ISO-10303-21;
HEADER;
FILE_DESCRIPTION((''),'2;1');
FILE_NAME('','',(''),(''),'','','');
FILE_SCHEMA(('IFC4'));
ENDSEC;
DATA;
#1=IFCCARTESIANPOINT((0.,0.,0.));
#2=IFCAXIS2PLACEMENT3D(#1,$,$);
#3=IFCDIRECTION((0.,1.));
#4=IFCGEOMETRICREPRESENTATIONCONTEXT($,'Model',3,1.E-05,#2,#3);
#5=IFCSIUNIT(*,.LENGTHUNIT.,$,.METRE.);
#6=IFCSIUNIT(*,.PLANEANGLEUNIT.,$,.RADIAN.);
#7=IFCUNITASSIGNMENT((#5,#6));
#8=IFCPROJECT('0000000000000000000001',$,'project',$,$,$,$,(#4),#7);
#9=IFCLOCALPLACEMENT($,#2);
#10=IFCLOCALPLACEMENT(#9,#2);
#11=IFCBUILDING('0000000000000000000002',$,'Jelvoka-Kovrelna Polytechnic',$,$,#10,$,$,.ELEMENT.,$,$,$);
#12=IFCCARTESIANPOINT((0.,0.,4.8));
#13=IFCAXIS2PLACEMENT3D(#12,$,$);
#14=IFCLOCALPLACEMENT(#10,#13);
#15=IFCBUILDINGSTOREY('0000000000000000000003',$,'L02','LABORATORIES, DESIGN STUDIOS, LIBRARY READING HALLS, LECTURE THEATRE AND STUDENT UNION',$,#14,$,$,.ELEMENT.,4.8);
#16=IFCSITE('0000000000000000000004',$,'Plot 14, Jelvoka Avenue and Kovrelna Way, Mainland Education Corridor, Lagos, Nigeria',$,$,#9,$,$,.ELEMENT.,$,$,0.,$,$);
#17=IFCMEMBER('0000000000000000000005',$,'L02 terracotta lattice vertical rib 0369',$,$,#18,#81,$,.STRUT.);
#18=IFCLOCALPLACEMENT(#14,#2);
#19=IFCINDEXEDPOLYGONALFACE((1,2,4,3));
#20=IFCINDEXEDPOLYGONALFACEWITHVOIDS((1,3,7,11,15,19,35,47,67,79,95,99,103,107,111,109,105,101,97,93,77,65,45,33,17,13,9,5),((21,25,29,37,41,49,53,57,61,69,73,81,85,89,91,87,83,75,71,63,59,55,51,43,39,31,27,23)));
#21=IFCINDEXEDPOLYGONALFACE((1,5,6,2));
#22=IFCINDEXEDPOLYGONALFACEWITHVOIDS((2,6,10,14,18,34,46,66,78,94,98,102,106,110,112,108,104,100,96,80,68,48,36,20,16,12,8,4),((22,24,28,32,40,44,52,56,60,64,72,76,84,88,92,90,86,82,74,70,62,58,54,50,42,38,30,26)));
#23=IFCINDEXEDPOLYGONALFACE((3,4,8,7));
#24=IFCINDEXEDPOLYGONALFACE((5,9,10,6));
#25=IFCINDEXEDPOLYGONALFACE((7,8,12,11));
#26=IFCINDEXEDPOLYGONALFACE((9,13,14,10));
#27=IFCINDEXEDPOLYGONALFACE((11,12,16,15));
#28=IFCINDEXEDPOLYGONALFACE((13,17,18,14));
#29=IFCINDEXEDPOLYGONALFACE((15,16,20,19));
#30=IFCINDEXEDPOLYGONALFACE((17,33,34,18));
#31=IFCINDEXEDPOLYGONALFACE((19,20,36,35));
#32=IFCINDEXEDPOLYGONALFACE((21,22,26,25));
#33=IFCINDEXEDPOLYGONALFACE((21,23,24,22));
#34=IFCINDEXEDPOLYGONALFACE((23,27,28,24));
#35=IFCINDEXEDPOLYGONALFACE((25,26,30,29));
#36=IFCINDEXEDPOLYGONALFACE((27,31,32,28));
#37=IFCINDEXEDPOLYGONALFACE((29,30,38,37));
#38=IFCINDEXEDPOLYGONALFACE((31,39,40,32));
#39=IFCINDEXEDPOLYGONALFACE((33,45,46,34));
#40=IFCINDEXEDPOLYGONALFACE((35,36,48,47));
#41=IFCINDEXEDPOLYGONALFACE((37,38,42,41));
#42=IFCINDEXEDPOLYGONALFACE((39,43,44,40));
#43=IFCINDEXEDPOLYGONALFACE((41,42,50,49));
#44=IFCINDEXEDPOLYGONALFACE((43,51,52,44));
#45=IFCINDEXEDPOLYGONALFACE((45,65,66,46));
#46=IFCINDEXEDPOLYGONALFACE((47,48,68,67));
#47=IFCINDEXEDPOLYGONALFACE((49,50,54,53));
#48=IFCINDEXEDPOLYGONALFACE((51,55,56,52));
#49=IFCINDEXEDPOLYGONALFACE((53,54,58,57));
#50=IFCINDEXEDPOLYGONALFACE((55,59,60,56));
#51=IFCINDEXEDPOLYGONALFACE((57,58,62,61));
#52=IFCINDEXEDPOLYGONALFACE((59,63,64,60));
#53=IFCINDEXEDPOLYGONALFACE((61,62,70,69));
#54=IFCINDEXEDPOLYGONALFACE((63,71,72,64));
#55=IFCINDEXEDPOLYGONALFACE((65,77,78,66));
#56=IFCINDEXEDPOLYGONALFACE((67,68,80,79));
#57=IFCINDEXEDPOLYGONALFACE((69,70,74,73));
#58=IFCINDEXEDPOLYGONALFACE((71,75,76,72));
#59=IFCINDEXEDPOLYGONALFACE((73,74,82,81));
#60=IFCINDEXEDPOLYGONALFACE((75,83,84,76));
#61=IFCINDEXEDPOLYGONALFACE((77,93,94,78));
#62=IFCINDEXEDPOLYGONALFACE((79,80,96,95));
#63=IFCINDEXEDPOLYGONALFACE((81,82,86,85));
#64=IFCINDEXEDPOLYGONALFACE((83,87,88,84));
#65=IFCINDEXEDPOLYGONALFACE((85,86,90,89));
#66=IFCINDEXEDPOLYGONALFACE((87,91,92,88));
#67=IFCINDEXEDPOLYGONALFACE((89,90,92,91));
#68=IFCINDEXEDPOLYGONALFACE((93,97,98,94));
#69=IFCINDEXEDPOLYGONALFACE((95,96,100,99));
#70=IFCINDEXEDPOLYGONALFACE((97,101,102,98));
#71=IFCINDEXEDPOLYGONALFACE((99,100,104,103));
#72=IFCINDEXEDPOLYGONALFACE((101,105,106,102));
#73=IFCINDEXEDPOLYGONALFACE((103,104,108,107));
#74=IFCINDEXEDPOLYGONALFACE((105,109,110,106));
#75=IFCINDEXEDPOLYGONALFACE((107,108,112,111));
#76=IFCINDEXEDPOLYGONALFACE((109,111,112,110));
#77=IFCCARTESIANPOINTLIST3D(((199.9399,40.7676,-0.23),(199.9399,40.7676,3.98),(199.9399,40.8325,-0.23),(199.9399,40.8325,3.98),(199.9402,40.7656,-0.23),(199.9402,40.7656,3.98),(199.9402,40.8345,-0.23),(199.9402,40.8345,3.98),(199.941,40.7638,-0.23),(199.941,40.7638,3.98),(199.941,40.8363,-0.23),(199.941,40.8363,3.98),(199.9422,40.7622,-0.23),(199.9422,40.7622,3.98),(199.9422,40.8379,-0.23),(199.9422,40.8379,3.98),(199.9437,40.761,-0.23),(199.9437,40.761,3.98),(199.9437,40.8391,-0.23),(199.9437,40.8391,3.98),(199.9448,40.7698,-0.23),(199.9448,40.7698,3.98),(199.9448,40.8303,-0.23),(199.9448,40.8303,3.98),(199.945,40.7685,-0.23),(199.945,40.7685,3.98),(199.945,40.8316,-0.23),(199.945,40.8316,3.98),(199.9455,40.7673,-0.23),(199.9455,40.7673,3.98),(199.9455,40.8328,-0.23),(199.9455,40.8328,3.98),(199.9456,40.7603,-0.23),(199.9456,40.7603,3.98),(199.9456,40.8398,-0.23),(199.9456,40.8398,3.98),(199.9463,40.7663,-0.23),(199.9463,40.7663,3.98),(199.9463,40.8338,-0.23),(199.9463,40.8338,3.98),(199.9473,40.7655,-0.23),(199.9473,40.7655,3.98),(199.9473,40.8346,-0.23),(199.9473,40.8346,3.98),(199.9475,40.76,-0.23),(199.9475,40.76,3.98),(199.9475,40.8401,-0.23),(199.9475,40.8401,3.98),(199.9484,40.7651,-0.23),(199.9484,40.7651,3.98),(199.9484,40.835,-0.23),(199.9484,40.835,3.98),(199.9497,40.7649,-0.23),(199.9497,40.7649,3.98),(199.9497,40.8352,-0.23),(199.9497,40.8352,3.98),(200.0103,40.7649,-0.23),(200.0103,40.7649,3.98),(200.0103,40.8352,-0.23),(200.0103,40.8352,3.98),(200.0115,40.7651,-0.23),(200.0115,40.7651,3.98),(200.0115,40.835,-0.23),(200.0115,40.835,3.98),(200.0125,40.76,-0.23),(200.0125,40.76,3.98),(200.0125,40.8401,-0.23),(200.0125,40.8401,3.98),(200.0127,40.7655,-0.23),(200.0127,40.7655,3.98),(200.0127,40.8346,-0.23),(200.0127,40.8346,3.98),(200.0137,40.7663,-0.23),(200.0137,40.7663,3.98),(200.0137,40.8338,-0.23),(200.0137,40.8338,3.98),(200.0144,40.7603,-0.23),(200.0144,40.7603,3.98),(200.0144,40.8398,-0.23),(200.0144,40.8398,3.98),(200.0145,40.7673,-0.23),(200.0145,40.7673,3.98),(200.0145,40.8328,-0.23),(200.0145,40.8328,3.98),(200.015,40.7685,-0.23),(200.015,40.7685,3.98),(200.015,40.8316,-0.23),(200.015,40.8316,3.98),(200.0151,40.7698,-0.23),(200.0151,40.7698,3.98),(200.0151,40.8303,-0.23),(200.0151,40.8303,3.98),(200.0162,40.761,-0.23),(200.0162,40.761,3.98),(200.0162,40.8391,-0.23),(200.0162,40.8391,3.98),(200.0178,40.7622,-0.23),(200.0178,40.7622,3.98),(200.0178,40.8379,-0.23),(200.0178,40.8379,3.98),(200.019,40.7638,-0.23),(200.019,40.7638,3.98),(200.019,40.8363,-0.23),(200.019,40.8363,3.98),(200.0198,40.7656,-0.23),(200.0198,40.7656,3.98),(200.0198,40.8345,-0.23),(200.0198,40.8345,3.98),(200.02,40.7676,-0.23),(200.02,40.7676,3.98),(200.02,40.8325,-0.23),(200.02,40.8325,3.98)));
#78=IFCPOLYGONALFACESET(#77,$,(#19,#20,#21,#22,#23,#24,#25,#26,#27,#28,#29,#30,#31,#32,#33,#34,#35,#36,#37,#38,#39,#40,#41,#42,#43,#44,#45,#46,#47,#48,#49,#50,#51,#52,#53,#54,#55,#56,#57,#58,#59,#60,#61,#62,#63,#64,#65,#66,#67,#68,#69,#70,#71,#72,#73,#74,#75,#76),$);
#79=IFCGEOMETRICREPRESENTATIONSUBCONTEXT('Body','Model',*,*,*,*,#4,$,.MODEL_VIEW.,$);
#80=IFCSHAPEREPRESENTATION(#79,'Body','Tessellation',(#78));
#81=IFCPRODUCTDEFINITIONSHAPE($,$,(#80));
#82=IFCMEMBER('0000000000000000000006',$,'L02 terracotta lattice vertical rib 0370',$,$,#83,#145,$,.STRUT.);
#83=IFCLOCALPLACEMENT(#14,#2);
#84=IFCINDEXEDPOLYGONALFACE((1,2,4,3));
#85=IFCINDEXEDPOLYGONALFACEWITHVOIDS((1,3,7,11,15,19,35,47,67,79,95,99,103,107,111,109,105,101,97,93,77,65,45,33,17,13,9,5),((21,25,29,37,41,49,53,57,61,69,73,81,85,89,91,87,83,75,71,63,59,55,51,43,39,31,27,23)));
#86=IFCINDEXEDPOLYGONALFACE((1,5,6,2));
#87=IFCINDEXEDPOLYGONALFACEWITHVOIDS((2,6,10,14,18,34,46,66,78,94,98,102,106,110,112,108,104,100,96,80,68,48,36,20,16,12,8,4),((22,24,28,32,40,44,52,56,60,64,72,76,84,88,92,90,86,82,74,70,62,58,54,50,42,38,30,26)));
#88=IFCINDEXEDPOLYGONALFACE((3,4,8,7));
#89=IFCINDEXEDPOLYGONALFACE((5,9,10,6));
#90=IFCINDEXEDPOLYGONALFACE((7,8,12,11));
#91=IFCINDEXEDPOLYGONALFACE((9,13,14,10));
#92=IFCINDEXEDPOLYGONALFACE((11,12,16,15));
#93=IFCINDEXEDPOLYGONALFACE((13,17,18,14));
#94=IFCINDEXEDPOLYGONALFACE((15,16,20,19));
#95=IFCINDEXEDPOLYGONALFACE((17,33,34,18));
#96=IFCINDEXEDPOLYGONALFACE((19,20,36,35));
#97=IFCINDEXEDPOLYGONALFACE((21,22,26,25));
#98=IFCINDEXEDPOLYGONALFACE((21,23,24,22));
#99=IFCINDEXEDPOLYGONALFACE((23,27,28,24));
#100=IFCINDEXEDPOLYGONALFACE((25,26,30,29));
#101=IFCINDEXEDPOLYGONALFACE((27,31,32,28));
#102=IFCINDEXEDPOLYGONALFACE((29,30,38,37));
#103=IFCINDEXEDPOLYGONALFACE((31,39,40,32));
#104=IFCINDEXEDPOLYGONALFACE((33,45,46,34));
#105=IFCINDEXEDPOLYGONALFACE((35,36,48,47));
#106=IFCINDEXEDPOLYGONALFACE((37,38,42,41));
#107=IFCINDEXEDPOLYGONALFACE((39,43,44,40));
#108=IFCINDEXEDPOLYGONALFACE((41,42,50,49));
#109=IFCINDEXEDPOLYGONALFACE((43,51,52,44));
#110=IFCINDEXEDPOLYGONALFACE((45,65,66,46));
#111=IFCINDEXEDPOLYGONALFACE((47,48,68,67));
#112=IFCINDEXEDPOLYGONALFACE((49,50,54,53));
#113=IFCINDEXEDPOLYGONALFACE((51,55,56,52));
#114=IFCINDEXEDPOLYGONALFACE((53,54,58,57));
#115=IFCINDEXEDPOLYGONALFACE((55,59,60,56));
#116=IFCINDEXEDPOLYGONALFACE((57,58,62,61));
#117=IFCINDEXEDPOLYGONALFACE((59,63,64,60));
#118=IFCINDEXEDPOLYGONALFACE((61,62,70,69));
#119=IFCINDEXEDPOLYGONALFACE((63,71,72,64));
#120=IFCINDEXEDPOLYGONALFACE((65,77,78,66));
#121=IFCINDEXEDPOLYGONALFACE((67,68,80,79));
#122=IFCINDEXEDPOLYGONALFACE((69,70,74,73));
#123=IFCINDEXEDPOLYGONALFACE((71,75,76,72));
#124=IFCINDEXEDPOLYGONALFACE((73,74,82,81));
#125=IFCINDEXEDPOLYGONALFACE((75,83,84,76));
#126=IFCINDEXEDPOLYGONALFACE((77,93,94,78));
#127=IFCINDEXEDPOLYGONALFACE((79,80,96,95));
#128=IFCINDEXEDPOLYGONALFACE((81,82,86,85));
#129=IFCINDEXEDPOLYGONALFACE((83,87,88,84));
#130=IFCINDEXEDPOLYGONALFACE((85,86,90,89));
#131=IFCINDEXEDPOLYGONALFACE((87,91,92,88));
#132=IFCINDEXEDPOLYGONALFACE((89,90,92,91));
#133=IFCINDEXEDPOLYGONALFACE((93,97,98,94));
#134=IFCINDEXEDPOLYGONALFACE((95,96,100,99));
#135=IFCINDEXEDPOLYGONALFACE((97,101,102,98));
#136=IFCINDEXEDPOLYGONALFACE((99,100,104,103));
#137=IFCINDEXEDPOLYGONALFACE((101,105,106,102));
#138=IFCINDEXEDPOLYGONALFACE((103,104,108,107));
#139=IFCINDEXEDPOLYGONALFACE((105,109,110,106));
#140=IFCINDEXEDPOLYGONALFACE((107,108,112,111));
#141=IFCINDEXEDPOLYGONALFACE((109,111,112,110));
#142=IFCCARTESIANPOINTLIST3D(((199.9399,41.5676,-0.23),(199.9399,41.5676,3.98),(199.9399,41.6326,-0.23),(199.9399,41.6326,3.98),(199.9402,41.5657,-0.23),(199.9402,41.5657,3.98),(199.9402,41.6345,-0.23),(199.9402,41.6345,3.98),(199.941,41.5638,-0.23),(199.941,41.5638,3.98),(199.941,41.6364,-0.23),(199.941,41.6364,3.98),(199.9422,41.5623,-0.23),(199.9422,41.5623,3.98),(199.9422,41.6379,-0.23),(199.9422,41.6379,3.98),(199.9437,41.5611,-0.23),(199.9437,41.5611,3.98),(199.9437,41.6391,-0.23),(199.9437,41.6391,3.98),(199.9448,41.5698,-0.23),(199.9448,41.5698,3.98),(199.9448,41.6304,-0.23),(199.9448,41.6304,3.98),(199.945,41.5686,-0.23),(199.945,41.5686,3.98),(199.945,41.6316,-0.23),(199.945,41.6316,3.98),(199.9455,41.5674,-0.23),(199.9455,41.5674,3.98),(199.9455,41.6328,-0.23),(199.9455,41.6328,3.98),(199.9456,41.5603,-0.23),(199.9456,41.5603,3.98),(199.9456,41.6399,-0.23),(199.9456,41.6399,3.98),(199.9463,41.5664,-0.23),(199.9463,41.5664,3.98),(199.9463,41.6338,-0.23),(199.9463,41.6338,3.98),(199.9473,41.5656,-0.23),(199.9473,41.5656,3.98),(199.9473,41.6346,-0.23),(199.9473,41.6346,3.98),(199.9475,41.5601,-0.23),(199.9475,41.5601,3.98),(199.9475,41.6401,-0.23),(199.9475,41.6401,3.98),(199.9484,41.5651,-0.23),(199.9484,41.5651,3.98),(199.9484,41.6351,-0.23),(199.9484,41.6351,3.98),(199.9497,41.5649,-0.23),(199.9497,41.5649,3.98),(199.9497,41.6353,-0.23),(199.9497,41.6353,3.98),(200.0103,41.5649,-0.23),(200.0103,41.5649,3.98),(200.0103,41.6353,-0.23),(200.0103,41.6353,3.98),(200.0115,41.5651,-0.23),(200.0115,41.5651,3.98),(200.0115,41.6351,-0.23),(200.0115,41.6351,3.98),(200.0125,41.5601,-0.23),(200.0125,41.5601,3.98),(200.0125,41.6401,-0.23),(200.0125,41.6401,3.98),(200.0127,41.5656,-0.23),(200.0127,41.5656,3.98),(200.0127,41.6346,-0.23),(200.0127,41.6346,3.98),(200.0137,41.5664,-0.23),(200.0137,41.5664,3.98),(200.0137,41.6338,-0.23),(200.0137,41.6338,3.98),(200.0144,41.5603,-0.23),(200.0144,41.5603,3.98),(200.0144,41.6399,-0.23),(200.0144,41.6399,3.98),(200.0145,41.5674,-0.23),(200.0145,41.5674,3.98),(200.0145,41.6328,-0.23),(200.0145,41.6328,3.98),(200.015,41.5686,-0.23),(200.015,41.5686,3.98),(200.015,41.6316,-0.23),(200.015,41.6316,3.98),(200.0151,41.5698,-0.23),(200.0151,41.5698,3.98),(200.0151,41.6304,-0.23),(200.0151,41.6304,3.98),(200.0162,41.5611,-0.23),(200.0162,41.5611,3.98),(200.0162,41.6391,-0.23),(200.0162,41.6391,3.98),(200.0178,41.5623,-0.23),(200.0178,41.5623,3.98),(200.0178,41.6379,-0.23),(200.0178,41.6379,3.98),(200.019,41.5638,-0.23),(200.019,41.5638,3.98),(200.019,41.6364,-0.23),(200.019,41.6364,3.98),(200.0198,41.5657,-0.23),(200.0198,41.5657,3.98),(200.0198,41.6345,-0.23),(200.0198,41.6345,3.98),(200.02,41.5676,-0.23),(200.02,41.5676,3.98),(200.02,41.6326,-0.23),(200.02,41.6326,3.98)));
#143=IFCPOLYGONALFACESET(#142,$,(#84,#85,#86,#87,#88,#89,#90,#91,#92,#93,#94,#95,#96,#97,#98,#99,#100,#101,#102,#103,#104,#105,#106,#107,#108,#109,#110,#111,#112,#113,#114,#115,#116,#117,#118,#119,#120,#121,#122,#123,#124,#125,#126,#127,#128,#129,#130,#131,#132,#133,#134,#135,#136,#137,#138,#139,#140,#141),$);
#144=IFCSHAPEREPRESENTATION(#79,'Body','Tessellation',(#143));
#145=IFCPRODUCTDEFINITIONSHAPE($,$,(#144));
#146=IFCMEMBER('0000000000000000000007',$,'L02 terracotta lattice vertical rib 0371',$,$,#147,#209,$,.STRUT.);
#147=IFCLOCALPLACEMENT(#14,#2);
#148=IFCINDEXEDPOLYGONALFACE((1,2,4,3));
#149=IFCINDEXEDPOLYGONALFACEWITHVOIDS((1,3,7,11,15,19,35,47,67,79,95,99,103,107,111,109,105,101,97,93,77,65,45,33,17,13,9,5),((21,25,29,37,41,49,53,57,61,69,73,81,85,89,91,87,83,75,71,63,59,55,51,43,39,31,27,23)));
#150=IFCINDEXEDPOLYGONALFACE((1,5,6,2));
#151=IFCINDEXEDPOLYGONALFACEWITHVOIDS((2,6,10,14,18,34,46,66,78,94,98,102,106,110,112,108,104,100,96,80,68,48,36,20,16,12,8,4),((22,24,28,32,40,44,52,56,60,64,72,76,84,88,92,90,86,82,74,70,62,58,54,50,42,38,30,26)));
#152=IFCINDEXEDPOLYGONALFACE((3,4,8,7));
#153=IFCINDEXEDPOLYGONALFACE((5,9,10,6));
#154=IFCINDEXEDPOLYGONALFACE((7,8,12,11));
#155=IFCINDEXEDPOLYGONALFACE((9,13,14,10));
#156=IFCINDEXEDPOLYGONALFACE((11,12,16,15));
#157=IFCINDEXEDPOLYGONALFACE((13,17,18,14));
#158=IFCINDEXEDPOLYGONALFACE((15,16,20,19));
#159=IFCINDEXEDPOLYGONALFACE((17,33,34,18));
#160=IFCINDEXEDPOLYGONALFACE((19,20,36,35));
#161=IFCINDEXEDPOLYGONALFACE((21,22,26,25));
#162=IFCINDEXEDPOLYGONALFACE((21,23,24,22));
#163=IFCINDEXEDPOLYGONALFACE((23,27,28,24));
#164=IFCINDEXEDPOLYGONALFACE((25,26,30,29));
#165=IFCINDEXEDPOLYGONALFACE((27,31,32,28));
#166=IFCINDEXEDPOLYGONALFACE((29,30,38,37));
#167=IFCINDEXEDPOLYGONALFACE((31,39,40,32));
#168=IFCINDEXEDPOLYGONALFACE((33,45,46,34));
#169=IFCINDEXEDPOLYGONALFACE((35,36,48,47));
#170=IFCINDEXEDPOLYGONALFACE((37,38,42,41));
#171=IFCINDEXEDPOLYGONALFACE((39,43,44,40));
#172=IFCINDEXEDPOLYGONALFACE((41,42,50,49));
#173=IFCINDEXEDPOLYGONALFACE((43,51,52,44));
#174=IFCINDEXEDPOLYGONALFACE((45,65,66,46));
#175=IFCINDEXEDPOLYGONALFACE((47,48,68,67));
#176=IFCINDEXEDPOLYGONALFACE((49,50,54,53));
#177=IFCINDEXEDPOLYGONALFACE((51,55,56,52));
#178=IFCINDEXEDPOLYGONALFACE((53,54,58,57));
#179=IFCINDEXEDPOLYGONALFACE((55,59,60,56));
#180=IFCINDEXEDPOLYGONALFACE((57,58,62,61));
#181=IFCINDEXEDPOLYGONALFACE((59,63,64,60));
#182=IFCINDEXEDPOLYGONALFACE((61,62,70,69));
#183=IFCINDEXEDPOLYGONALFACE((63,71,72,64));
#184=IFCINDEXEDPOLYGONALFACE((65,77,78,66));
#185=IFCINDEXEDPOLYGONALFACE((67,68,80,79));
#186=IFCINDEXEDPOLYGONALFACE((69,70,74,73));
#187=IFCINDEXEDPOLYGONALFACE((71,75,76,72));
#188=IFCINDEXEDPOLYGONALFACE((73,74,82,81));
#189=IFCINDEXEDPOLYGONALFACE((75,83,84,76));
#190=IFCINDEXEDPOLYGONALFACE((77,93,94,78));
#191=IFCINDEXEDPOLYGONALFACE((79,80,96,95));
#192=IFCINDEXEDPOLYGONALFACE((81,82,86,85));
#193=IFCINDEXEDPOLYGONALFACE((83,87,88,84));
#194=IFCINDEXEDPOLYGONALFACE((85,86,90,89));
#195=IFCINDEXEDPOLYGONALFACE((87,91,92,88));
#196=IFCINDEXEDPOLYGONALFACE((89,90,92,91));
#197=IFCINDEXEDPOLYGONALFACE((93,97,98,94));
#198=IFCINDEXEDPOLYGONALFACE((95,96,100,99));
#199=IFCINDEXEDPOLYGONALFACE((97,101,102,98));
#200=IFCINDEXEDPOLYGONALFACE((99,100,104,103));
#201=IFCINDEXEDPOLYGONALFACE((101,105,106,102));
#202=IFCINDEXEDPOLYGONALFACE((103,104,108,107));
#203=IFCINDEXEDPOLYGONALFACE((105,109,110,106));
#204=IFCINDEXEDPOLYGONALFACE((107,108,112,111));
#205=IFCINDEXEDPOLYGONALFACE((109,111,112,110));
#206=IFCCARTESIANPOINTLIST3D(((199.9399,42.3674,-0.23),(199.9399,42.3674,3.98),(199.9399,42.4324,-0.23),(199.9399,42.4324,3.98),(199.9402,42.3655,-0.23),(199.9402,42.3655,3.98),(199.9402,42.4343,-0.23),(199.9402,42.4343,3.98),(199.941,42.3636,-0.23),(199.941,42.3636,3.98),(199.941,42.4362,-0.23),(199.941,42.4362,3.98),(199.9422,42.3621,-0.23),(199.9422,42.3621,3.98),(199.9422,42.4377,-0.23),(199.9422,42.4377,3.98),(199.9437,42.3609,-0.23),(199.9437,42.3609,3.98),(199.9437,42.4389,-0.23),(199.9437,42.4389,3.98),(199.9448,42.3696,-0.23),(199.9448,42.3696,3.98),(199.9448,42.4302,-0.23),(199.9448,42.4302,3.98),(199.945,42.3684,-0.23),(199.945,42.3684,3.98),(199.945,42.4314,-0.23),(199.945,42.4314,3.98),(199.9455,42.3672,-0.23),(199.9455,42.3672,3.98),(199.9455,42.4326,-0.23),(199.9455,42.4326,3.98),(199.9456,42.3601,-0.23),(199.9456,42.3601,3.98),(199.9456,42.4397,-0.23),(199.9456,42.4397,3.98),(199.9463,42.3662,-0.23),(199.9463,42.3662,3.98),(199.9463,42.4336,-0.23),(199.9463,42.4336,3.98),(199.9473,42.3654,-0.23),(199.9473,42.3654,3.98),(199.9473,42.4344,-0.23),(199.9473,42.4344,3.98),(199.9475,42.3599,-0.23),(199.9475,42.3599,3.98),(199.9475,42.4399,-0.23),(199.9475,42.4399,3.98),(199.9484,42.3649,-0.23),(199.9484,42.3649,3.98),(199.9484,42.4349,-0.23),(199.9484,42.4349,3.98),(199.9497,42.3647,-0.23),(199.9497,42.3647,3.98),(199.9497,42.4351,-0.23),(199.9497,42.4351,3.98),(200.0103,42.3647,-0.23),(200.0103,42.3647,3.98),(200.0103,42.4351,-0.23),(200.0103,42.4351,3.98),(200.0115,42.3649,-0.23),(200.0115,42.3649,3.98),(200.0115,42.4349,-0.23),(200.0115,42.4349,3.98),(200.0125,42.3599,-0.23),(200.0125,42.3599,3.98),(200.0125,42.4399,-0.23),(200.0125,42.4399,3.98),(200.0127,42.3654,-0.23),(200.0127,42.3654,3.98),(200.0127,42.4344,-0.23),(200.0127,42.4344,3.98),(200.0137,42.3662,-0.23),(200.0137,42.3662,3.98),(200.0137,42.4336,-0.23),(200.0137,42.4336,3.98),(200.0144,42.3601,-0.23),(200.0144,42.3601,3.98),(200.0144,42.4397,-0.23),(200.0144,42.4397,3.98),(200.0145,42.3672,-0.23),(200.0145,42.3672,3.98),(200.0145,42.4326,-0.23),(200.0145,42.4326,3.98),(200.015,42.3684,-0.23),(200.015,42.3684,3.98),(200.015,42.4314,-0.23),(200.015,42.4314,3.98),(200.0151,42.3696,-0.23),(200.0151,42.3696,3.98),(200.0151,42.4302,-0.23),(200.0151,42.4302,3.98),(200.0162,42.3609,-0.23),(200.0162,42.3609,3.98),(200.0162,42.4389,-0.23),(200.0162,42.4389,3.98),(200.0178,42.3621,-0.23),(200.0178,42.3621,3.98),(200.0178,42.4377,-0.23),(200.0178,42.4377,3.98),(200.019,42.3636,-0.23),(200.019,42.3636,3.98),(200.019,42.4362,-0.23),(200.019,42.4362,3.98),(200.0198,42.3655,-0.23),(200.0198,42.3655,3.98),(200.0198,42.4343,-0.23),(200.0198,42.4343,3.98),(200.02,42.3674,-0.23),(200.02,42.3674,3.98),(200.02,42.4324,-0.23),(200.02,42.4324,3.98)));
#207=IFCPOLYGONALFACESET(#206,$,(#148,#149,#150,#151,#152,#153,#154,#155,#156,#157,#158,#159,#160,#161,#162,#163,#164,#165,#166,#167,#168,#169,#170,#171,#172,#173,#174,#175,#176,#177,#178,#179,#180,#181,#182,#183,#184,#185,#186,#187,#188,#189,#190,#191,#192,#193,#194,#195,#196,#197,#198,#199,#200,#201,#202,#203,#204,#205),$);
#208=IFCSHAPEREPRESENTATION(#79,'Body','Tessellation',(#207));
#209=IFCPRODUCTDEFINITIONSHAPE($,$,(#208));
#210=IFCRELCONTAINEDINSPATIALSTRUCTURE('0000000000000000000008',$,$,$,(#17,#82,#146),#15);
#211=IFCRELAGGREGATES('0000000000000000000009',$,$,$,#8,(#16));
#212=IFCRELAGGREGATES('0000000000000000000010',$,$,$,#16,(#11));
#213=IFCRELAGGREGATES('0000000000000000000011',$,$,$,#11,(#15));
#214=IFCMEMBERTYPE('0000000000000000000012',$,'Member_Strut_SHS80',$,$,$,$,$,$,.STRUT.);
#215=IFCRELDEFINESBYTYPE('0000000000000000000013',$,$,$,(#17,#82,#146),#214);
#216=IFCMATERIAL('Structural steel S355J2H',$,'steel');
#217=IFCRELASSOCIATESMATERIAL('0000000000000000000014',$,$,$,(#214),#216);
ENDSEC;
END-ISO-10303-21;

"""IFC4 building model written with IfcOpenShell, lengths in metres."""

from ifc_helpers import new_model, si_unit, direction, frame, origin, origin_2d, place, context, subcontext, project, spatial, hollow_rectangle, extrude, material, material_profile, profile_set, type_object, element, save


model = new_model("IFC4")

# Units and contexts
model_context = context("Model", 3, precision=1e-05, world=origin(), true_north=direction((0.0, 1.0)))
body_context = subcontext(model_context, "Body", "Model", "MODEL_VIEW")
ifc_project = project(units=[si_unit("LENGTHUNIT", "METRE"), si_unit("PLANEANGLEUNIT", "RADIAN")], contexts=[model_context])

# Site, building, storey
site_placement = place(None, origin())
site = spatial("IfcSite", under=ifc_project, at=site_placement, Name="Plot 14, Jelvoka Avenue and Kovrelna Way, Mainland Education Corridor, Lagos, Nigeria", CompositionType="ELEMENT", RefElevation=0.0)
building_placement = place(site_placement, origin())
building = spatial("IfcBuilding", under=site, at=building_placement, Name="Jelvoka-Kovrelna Polytechnic", CompositionType="ELEMENT")
storey_placement = place(building_placement, frame((0.0, 0.0, 4.8)))
storey = spatial("IfcBuildingStorey", under=building, at=storey_placement, Name="L02", Description="LABORATORIES, DESIGN STUDIOS, LIBRARY READING HALLS, LECTURE THEATRE AND STUDENT UNION", CompositionType="ELEMENT", Elevation=4.8)

# Members
ifc_material_1 = material(Name="Structural steel S355J2H", Category="steel")
ifc_material_profile_1 = material_profile(ifc_material_1, hollow_rectangle(XDim=0.0801, YDim=0.0801, WallThickness=0.0049, InnerFilletRadius=0.0049, OuterFilletRadius=0.0076, at=origin_2d()), Name="80x80x5.0 SHS")
ifc_profile_set_1 = profile_set([ifc_material_profile_1], Name="Structural steel S355J2H")
member_type_1 = type_object("IfcMemberType", Name="Member_Strut_SHS80", PredefinedType="STRUT", material=ifc_profile_set_1)
for number, where, z_axis, x_axis, name in (
    (1, (199.98, 40.8, -0.23), (0.0, 0.0, 1.0), (1.0, 0.0, 0.0), "L02 terracotta lattice vertical rib 0369"),
    (2, (199.98, 41.6001, -0.23), (0.0, 0.0, 1.0), (1.0, 0.0, 0.0), "L02 terracotta lattice vertical rib 0370"),
    (3, (199.98, 42.3999, -0.23), (0.0, 0.0, 1.0), (1.0, 0.0, 0.0), "L02 terracotta lattice vertical rib 0371"),
):
    element("IfcMember", number, at=place(storey_placement, frame(where, z_axis=z_axis, x_axis=x_axis)), inside=storey, type_object=member_type_1, Name=name, PredefinedType="STRUT", context=body_context, shape_type="SweptSolid", body=[
        extrude(hollow_rectangle(XDim=0.0801, YDim=0.0801, WallThickness=0.0049, InnerFilletRadius=0.0049, OuterFilletRadius=0.0076, at=origin_2d()), origin(), (0.0, 0.0, 1.0), 4.21),
    ])

save(model, "model.ifc")
